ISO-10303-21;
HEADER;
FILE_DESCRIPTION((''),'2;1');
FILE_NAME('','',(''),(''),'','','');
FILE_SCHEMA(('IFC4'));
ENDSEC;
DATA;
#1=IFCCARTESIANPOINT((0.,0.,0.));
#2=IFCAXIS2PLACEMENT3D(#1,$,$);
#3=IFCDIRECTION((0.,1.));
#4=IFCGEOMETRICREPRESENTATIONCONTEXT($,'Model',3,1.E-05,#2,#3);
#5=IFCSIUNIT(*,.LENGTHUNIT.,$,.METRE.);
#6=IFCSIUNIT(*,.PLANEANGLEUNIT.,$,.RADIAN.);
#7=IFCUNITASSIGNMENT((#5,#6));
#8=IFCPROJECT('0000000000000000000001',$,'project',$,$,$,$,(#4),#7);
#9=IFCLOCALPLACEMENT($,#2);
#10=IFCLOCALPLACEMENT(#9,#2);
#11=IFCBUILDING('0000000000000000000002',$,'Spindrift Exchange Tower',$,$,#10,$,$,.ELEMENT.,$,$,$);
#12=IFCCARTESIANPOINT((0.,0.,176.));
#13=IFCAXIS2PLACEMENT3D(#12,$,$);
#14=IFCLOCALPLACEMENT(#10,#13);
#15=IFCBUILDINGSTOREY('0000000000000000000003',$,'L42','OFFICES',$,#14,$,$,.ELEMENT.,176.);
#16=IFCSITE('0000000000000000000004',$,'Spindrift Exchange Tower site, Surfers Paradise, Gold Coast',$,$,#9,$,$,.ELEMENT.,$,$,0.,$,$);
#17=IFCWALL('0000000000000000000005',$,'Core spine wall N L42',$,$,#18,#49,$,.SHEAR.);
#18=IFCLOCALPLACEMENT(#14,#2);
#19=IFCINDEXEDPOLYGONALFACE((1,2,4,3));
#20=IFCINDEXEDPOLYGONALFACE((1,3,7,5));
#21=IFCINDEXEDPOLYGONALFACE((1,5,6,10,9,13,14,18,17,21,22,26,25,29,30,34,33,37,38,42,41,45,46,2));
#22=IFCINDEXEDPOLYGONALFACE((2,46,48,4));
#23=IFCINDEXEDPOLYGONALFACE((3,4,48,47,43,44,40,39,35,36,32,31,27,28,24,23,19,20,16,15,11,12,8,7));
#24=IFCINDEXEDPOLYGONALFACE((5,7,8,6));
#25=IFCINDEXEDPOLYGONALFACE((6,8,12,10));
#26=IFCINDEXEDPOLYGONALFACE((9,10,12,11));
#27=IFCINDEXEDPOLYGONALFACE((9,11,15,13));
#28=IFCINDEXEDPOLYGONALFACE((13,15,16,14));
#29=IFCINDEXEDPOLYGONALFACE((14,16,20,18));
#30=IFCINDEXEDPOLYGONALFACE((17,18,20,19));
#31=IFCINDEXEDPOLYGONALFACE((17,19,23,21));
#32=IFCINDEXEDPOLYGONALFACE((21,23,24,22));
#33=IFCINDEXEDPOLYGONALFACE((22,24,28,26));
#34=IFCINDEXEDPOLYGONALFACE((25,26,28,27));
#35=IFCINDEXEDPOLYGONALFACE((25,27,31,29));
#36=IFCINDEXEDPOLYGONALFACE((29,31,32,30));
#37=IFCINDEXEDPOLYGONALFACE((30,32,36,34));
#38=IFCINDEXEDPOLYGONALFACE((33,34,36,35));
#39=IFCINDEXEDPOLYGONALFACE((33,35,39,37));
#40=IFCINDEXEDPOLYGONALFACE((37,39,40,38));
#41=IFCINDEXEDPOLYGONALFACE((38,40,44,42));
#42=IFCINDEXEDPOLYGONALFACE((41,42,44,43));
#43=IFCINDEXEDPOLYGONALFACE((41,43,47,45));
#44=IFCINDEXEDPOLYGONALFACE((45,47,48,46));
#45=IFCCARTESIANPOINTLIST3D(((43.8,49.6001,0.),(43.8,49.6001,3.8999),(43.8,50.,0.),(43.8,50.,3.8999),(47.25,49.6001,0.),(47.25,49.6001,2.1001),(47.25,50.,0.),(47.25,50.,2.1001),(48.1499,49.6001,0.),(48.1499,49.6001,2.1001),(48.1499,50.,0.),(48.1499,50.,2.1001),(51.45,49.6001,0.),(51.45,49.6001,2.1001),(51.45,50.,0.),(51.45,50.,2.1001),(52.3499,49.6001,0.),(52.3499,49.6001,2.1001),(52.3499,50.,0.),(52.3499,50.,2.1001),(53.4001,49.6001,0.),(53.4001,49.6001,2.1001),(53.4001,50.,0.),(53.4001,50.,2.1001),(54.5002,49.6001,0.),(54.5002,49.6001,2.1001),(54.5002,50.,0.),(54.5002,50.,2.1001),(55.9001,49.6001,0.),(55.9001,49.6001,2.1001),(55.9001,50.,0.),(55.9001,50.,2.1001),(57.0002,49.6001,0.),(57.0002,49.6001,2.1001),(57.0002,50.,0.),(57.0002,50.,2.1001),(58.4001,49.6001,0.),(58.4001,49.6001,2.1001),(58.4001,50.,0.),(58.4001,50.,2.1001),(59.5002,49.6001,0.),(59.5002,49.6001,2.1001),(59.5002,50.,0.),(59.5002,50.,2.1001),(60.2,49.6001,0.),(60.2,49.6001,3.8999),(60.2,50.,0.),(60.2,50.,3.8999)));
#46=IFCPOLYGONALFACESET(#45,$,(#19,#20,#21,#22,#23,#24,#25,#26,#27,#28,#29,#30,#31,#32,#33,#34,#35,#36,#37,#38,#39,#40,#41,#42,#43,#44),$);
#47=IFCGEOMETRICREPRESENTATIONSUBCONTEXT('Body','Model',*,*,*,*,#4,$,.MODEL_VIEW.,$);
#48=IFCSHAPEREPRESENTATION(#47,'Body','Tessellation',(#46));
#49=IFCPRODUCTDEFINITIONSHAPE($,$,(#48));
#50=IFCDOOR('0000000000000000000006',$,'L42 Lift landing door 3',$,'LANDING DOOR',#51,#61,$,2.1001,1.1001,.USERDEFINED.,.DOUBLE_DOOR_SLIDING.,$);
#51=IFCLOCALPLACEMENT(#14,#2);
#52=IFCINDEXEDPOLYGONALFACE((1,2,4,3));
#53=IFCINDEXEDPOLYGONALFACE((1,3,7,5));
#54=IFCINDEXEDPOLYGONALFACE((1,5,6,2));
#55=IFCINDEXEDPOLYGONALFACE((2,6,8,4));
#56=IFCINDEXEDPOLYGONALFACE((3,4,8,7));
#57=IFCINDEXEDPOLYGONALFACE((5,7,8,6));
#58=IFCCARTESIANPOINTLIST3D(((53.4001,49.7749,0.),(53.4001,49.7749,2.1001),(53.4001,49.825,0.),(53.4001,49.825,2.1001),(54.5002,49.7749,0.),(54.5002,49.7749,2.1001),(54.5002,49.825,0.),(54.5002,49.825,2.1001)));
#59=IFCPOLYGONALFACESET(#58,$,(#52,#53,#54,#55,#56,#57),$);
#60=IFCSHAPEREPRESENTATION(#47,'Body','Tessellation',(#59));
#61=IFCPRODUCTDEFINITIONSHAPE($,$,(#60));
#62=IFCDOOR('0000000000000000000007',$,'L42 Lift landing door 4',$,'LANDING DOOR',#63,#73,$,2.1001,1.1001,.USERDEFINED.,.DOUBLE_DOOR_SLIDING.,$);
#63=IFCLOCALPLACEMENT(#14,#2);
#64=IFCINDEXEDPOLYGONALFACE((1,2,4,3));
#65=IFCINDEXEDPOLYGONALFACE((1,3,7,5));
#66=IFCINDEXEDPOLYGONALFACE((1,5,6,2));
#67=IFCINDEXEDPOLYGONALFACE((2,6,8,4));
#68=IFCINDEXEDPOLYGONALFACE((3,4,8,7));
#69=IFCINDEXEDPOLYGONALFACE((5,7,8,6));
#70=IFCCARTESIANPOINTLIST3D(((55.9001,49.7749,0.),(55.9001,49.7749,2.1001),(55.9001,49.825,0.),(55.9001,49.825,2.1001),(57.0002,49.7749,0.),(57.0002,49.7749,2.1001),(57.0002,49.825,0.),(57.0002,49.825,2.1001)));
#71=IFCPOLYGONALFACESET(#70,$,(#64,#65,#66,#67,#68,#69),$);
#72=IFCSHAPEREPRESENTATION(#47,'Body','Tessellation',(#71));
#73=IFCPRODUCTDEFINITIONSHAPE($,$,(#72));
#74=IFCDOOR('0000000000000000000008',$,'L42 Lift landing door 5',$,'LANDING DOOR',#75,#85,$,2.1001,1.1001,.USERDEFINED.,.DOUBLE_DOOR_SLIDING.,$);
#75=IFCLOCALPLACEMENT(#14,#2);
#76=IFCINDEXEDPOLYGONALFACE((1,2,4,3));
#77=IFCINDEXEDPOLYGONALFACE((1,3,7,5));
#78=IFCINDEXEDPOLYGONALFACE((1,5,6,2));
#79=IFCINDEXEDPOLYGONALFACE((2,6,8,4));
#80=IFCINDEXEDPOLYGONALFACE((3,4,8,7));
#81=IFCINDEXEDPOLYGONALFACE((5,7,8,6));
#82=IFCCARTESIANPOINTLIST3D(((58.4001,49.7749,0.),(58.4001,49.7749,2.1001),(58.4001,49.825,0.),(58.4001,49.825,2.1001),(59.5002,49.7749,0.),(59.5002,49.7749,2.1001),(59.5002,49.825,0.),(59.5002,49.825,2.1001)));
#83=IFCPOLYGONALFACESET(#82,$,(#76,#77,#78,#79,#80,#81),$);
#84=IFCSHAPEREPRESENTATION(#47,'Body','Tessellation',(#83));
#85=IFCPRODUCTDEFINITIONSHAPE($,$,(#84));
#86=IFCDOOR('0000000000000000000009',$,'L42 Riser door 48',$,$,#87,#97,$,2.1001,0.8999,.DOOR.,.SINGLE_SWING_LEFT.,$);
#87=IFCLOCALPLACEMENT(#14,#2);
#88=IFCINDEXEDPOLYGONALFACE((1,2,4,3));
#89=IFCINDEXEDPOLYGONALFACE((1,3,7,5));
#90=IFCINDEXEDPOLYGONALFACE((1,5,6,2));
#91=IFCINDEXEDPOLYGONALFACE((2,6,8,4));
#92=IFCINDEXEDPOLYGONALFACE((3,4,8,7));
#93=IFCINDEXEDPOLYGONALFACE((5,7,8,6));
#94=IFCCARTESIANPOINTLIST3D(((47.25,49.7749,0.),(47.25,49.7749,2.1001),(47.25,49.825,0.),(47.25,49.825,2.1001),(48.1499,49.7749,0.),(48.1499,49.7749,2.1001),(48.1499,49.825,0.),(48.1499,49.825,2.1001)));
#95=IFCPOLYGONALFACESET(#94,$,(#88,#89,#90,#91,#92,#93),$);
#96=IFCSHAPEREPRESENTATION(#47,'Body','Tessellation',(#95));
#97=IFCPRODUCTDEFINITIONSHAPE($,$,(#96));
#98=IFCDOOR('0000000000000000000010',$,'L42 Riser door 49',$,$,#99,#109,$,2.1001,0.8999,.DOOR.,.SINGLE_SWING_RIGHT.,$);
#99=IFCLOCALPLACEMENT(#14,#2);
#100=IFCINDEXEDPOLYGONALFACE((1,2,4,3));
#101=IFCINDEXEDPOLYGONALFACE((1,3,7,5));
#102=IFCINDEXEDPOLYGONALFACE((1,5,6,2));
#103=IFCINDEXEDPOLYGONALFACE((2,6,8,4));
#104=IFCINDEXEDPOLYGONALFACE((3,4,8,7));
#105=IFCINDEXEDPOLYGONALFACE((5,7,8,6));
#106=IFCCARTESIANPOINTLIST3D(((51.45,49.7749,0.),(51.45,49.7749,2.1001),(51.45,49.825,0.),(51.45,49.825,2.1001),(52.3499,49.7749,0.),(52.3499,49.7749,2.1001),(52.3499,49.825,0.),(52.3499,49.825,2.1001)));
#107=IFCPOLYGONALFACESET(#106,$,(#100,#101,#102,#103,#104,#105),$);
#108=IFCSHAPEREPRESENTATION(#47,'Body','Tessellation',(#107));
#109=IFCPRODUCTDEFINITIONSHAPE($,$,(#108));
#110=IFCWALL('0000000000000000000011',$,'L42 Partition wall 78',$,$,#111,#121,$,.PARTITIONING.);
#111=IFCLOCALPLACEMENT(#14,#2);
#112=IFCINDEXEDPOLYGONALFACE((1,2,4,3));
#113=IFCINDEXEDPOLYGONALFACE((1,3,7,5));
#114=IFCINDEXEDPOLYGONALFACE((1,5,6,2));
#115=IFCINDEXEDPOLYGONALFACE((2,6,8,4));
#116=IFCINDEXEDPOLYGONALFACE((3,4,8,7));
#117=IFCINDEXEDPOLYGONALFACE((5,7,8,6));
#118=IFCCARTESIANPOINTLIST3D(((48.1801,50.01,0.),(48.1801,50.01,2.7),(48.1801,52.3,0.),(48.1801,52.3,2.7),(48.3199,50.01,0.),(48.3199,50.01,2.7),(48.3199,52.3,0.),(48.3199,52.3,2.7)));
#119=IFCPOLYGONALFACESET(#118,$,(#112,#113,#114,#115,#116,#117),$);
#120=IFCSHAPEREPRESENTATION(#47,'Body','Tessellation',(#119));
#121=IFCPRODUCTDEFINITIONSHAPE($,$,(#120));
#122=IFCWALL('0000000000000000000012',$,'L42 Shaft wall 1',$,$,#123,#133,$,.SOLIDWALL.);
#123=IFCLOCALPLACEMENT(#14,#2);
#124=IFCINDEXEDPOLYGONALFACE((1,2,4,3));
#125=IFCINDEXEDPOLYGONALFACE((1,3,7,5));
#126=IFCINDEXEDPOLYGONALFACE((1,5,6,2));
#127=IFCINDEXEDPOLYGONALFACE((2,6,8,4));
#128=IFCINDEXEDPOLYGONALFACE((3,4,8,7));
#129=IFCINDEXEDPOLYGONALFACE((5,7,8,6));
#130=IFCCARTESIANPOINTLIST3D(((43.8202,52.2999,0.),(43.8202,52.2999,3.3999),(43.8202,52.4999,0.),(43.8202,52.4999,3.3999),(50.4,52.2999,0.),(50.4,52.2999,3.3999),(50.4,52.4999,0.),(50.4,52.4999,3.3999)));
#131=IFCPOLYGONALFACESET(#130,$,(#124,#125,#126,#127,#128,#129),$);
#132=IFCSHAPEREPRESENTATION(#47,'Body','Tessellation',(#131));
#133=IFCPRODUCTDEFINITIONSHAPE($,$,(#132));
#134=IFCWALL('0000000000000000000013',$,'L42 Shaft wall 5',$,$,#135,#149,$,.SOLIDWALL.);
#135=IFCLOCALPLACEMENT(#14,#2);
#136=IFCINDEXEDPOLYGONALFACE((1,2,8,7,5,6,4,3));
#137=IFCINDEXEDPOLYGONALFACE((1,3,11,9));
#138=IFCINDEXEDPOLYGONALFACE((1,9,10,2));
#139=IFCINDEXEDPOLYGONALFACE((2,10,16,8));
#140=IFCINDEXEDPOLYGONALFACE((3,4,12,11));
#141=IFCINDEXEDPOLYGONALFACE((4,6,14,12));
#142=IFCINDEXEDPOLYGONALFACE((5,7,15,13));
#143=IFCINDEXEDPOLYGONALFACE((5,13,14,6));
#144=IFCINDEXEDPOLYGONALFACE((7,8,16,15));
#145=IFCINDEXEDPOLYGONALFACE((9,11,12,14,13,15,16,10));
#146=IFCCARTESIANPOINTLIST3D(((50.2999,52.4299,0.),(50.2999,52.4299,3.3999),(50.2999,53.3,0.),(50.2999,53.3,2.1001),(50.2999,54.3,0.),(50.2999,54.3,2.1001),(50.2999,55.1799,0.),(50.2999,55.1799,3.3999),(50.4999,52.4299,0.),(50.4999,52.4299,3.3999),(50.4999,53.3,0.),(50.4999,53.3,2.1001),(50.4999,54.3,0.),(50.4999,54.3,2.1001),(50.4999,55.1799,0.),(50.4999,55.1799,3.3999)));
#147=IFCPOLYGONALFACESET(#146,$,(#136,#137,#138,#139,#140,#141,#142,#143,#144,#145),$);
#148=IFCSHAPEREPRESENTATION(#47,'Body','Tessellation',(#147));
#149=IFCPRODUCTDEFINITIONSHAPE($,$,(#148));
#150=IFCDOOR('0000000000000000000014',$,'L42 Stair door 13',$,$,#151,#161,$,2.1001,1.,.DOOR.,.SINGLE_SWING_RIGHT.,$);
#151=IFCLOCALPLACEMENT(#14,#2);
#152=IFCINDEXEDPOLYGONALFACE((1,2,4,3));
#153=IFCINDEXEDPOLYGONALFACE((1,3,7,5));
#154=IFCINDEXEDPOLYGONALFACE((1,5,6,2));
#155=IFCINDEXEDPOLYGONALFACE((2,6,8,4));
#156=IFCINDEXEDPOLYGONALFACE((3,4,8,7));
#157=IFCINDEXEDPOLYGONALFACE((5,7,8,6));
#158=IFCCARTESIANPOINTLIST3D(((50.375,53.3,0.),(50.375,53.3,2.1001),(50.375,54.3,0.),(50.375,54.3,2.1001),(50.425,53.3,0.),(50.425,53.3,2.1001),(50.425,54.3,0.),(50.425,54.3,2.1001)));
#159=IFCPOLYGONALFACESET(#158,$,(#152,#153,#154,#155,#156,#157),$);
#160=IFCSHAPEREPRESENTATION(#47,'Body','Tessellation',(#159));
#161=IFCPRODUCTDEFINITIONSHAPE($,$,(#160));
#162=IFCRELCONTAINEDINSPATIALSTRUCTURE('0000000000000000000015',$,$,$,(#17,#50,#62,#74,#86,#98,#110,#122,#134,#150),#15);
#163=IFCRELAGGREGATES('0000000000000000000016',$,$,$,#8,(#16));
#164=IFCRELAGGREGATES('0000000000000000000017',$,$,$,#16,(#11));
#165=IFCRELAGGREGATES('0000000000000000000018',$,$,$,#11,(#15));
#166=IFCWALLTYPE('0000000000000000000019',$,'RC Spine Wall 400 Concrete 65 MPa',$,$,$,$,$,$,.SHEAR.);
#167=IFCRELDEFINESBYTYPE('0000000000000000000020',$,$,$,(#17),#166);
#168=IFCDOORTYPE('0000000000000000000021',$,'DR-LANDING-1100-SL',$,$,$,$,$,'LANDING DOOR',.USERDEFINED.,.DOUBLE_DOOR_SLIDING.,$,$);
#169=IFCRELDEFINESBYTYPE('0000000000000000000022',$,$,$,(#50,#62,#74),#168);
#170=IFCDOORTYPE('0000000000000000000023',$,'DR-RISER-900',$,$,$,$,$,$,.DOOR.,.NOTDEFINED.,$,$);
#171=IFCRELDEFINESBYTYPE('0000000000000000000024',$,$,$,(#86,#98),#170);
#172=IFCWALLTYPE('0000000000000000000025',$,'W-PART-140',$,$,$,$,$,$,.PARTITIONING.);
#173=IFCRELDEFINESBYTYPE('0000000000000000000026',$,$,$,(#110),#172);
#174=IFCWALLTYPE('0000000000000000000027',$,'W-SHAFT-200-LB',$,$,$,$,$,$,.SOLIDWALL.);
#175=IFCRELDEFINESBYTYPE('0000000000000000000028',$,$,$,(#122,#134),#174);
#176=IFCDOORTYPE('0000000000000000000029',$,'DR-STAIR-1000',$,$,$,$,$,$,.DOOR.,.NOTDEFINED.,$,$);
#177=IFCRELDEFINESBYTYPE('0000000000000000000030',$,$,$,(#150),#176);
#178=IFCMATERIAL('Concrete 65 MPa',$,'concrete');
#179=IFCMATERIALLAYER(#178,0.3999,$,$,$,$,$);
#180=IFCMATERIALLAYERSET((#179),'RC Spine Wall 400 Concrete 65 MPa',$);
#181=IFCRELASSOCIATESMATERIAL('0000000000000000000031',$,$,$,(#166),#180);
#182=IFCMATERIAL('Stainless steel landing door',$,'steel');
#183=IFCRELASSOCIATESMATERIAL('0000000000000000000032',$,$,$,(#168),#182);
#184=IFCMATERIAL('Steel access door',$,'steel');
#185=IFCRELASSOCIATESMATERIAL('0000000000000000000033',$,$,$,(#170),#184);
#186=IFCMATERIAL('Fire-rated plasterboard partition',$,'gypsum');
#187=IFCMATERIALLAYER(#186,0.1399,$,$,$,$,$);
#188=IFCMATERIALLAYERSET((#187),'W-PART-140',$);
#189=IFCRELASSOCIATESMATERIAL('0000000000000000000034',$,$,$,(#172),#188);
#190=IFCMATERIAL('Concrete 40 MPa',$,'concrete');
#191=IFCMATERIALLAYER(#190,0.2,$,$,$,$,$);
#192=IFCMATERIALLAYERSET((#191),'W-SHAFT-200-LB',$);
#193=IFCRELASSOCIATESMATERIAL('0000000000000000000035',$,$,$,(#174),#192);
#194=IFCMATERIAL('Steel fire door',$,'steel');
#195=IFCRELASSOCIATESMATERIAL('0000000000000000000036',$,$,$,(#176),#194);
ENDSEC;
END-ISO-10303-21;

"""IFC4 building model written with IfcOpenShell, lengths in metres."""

from ifc_helpers import new_model, si_unit, direction, frame, frame_2d, origin, place, context, subcontext, project, spatial, rectangle, extrude, source, transform, mapped, material, layer, layer_set, type_object, element, fill, save


model = new_model("IFC4")

# Units and contexts
model_context = context("Model", 3, precision=1e-05, world=origin(), true_north=direction((0.0, 1.0)))
body_context = subcontext(model_context, "Body", "Model", "MODEL_VIEW")
ifc_project = project(units=[si_unit("LENGTHUNIT", "METRE"), si_unit("PLANEANGLEUNIT", "RADIAN")], contexts=[model_context])

# Site, building, storey
site_placement = place(None, origin())
site = spatial("IfcSite", under=ifc_project, at=site_placement, Name="Spindrift Exchange Tower site, Surfers Paradise, Gold Coast", CompositionType="ELEMENT", RefElevation=0.0)
building_placement = place(site_placement, origin())
building = spatial("IfcBuilding", under=site, at=building_placement, Name="Spindrift Exchange Tower", CompositionType="ELEMENT")
storey_placement = place(building_placement, frame((0.0, 0.0, 176.0)))
storey = spatial("IfcBuildingStorey", under=building, at=storey_placement, Name="L42", Description="OFFICES", CompositionType="ELEMENT", Elevation=176.0)

# Shared definitions
ifc_material_1 = material(Name="Concrete 65 MPa", Category="concrete")

# Wall, openings, doors
ifc_layer_1 = layer(ifc_material_1, 0.3999)
ifc_layer_set_1 = layer_set([ifc_layer_1], Name="RC Spine Wall 400 Concrete 65 MPa")
wall_type_1 = type_object("IfcWallType", Name="RC Spine Wall 400 Concrete 65 MPa", PredefinedType="SHEAR", material=ifc_layer_set_1)
wall_1_placement = place(storey_placement, frame((43.8, 49.8, 0.0), z_axis=(0.0, 0.0, 1.0), x_axis=(1.0, 0.0, 0.0)))
wall_1 = element("IfcWall", 1, at=wall_1_placement, inside=storey, type_object=wall_type_1, Name="Core spine wall N L42", PredefinedType="SHEAR", context=body_context, shape_type="SweptSolid", body=[
    extrude(rectangle(XDim=16.3999, YDim=0.3999, at=frame_2d((8.2, 0.0))), origin(), (0.0, 0.0, 1.0), 3.8999),
])
opening_1_placement = place(wall_1_placement, frame((9.6001, 0.0, 0.0)))
opening_1 = element("IfcOpeningElement", 2, at=opening_1_placement, cuts=wall_1, PredefinedType="OPENING", context=body_context, shape_type="SweptSolid", body=[
    extrude(rectangle(XDim=1.1001, YDim=2.1001, at=frame_2d((0.55, 1.05))), frame((0.0, 0.21, 0.0), z_axis=(0.0, -1.0, 0.0), x_axis=(1.0, 0.0, 0.0)), (0.0, 0.0, 1.0), 0.4199),
])
opening_2_placement = place(wall_1_placement, frame((12.1001, 0.0, 0.0)))
opening_2 = element("IfcOpeningElement", 3, at=opening_2_placement, cuts=wall_1, PredefinedType="OPENING", context=body_context, shape_type="SweptSolid", body=[
    extrude(rectangle(XDim=1.1001, YDim=2.1001, at=frame_2d((0.55, 1.05))), frame((0.0, 0.21, 0.0), z_axis=(0.0, -1.0, 0.0), x_axis=(1.0, 0.0, 0.0)), (0.0, 0.0, 1.0), 0.4199),
])
opening_3_placement = place(wall_1_placement, frame((14.6001, 0.0, 0.0)))
opening_3 = element("IfcOpeningElement", 4, at=opening_3_placement, cuts=wall_1, PredefinedType="OPENING", context=body_context, shape_type="SweptSolid", body=[
    extrude(rectangle(XDim=1.1001, YDim=2.1001, at=frame_2d((0.55, 1.05))), frame((0.0, 0.21, 0.0), z_axis=(0.0, -1.0, 0.0), x_axis=(1.0, 0.0, 0.0)), (0.0, 0.0, 1.0), 0.4199),
])
opening_4_placement = place(wall_1_placement, frame((3.45, 0.0, 0.0)))
opening_4 = element("IfcOpeningElement", 5, at=opening_4_placement, cuts=wall_1, PredefinedType="OPENING", context=body_context, shape_type="SweptSolid", body=[
    extrude(rectangle(XDim=0.8999, YDim=2.1001, at=frame_2d((0.45, 1.05))), frame((0.0, 0.21, 0.0), z_axis=(0.0, -1.0, 0.0), x_axis=(1.0, 0.0, 0.0)), (0.0, 0.0, 1.0), 0.4199),
])
opening_5_placement = place(wall_1_placement, frame((7.6499, 0.0, 0.0)))
opening_5 = element("IfcOpeningElement", 6, at=opening_5_placement, cuts=wall_1, PredefinedType="OPENING", context=body_context, shape_type="SweptSolid", body=[
    extrude(rectangle(XDim=0.8999, YDim=2.1001, at=frame_2d((0.45, 1.05))), frame((0.0, 0.21, 0.0), z_axis=(0.0, -1.0, 0.0), x_axis=(1.0, 0.0, 0.0)), (0.0, 0.0, 1.0), 0.4199),
])
ifc_material_2 = material(Name="Stainless steel landing door", Category="steel")
door_type_1 = type_object("IfcDoorType", Name="DR-LANDING-1100-SL", ElementType="LANDING DOOR", OperationType="DOUBLE_DOOR_SLIDING", PredefinedType="USERDEFINED", material=ifc_material_2)
shared_shape_1 = source(origin(), body_context, "Body", "SweptSolid", [
    extrude(rectangle(XDim=1.1001, YDim=2.1001, at=frame_2d((0.55, 1.05))), frame((0.0, 0.0249, 0.0), z_axis=(0.0, -1.0, 0.0), x_axis=(1.0, 0.0, 0.0)), (0.0, 0.0, 1.0), 0.05),
])
door_1_placement = place(opening_1_placement, origin())
door_1 = element("IfcDoor", 7, at=door_1_placement, inside=storey, type_object=door_type_1, Name="L42 Lift landing door 3", ObjectType="LANDING DOOR", OperationType="DOUBLE_DOOR_SLIDING", OverallHeight=2.1001, OverallWidth=1.1001, PredefinedType="USERDEFINED", context=body_context, shape_type="MappedRepresentation", body=[
    mapped(shared_shape_1, transform((0.0, 0.0, 0.0), scale=1.0)),
])
fill(opening_1, door_1)
door_2_placement = place(opening_2_placement, origin())
door_2 = element("IfcDoor", 8, at=door_2_placement, inside=storey, type_object=door_type_1, Name="L42 Lift landing door 4", ObjectType="LANDING DOOR", OperationType="DOUBLE_DOOR_SLIDING", OverallHeight=2.1001, OverallWidth=1.1001, PredefinedType="USERDEFINED", context=body_context, shape_type="MappedRepresentation", body=[
    mapped(shared_shape_1, transform((0.0, 0.0, 0.0), scale=1.0)),
])
fill(opening_2, door_2)
door_3_placement = place(opening_3_placement, origin())
door_3 = element("IfcDoor", 9, at=door_3_placement, inside=storey, type_object=door_type_1, Name="L42 Lift landing door 5", ObjectType="LANDING DOOR", OperationType="DOUBLE_DOOR_SLIDING", OverallHeight=2.1001, OverallWidth=1.1001, PredefinedType="USERDEFINED", context=body_context, shape_type="MappedRepresentation", body=[
    mapped(shared_shape_1, transform((0.0, 0.0, 0.0), scale=1.0)),
])
fill(opening_3, door_3)
ifc_material_3 = material(Name="Steel access door", Category="steel")
door_type_2 = type_object("IfcDoorType", Name="DR-RISER-900", OperationType="NOTDEFINED", PredefinedType="DOOR", material=ifc_material_3)
shared_shape_2 = source(origin(), body_context, "Body", "SweptSolid", [
    extrude(rectangle(XDim=0.8999, YDim=2.1001, at=frame_2d((0.45, 1.05))), frame((0.0, 0.0249, 0.0), z_axis=(0.0, -1.0, 0.0), x_axis=(1.0, 0.0, 0.0)), (0.0, 0.0, 1.0), 0.05),
])
door_4_placement = place(opening_4_placement, origin())
door_4 = element("IfcDoor", 10, at=door_4_placement, inside=storey, type_object=door_type_2, Name="L42 Riser door 48", OperationType="SINGLE_SWING_LEFT", OverallHeight=2.1001, OverallWidth=0.8999, PredefinedType="DOOR", context=body_context, shape_type="MappedRepresentation", body=[
    mapped(shared_shape_2, transform((0.0, 0.0, 0.0), scale=1.0)),
])
fill(opening_4, door_4)
door_5_placement = place(opening_5_placement, origin())
door_5 = element("IfcDoor", 11, at=door_5_placement, inside=storey, type_object=door_type_2, Name="L42 Riser door 49", OperationType="SINGLE_SWING_RIGHT", OverallHeight=2.1001, OverallWidth=0.8999, PredefinedType="DOOR", context=body_context, shape_type="MappedRepresentation", body=[
    mapped(shared_shape_2, transform((0.0, 0.0, 0.0), scale=1.0)),
])
fill(opening_5, door_5)

# Walls
ifc_material_4 = material(Name="Fire-rated plasterboard partition", Category="gypsum")
ifc_layer_2 = layer(ifc_material_4, 0.1399)
ifc_layer_set_2 = layer_set([ifc_layer_2], Name="W-PART-140")
wall_type_2 = type_object("IfcWallType", Name="W-PART-140", PredefinedType="PARTITIONING", material=ifc_layer_set_2)
wall_2_placement = place(storey_placement, frame((48.25, 50.01, 0.0), z_axis=(0.0, 0.0, 1.0), x_axis=(0.0, 1.0, 0.0)))
element("IfcWall", 12, at=wall_2_placement, inside=storey, type_object=wall_type_2, Name="L42 Partition wall 78", PredefinedType="PARTITIONING", context=body_context, shape_type="SweptSolid", body=[
    extrude(rectangle(XDim=2.29, YDim=0.1399, at=frame_2d((1.145, 0.0))), origin(), (0.0, 0.0, 1.0), 2.7),
])
ifc_material_5 = material(Name="Concrete 40 MPa", Category="concrete")
ifc_layer_3 = layer(ifc_material_5, 0.2)
ifc_layer_set_3 = layer_set([ifc_layer_3], Name="W-SHAFT-200-LB")
wall_type_3 = type_object("IfcWallType", Name="W-SHAFT-200-LB", PredefinedType="SOLIDWALL", material=ifc_layer_set_3)
wall_3_placement = place(storey_placement, frame((43.8201, 52.3999, 0.0), z_axis=(0.0, 0.0, 1.0), x_axis=(1.0, 0.0, 0.0)))
element("IfcWall", 13, at=wall_3_placement, inside=storey, type_object=wall_type_3, Name="L42 Shaft wall 1", PredefinedType="SOLIDWALL", context=body_context, shape_type="SweptSolid", body=[
    extrude(rectangle(XDim=6.5798, YDim=0.2, at=frame_2d((3.29, 0.0))), origin(), (0.0, 0.0, 1.0), 3.3999),
])

# Wall, opening, door
wall_4_placement = place(storey_placement, frame((50.3999, 52.4299, 0.0), z_axis=(0.0, 0.0, 1.0), x_axis=(0.0, 1.0, 0.0)))
wall_4 = element("IfcWall", 14, at=wall_4_placement, inside=storey, type_object=wall_type_3, Name="L42 Shaft wall 5", PredefinedType="SOLIDWALL", context=body_context, shape_type="SweptSolid", body=[
    extrude(rectangle(XDim=2.75, YDim=0.2, at=frame_2d((1.375, 0.0))), origin(), (0.0, 0.0, 1.0), 3.3999),
])
opening_6_placement = place(wall_4_placement, frame((0.8701, 0.0, 0.0)))
opening_6 = element("IfcOpeningElement", 15, at=opening_6_placement, cuts=wall_4, PredefinedType="OPENING", context=body_context, shape_type="SweptSolid", body=[
    extrude(rectangle(XDim=1.0, YDim=2.1001, at=frame_2d((0.5, 1.05))), frame((0.0, 0.1099, 0.0), z_axis=(0.0, -1.0, 0.0), x_axis=(1.0, 0.0, 0.0)), (0.0, 0.0, 1.0), 0.22),
])
ifc_material_6 = material(Name="Steel fire door", Category="steel")
door_type_3 = type_object("IfcDoorType", Name="DR-STAIR-1000", OperationType="NOTDEFINED", PredefinedType="DOOR", material=ifc_material_6)
shared_shape_3 = source(origin(), body_context, "Body", "SweptSolid", [
    extrude(rectangle(XDim=1.0, YDim=2.1001, at=frame_2d((0.5, 1.05))), frame((0.0, 0.0249, 0.0), z_axis=(0.0, -1.0, 0.0), x_axis=(1.0, 0.0, 0.0)), (0.0, 0.0, 1.0), 0.05),
])
door_6_placement = place(opening_6_placement, origin())
door_6 = element("IfcDoor", 16, at=door_6_placement, inside=storey, type_object=door_type_3, Name="L42 Stair door 13", OperationType="SINGLE_SWING_RIGHT", OverallHeight=2.1001, OverallWidth=1.0, PredefinedType="DOOR", context=body_context, shape_type="MappedRepresentation", body=[
    mapped(shared_shape_3, transform((0.0, 0.0, 0.0), scale=1.0)),
])
fill(opening_6, door_6)

save(model, "model.ifc")
